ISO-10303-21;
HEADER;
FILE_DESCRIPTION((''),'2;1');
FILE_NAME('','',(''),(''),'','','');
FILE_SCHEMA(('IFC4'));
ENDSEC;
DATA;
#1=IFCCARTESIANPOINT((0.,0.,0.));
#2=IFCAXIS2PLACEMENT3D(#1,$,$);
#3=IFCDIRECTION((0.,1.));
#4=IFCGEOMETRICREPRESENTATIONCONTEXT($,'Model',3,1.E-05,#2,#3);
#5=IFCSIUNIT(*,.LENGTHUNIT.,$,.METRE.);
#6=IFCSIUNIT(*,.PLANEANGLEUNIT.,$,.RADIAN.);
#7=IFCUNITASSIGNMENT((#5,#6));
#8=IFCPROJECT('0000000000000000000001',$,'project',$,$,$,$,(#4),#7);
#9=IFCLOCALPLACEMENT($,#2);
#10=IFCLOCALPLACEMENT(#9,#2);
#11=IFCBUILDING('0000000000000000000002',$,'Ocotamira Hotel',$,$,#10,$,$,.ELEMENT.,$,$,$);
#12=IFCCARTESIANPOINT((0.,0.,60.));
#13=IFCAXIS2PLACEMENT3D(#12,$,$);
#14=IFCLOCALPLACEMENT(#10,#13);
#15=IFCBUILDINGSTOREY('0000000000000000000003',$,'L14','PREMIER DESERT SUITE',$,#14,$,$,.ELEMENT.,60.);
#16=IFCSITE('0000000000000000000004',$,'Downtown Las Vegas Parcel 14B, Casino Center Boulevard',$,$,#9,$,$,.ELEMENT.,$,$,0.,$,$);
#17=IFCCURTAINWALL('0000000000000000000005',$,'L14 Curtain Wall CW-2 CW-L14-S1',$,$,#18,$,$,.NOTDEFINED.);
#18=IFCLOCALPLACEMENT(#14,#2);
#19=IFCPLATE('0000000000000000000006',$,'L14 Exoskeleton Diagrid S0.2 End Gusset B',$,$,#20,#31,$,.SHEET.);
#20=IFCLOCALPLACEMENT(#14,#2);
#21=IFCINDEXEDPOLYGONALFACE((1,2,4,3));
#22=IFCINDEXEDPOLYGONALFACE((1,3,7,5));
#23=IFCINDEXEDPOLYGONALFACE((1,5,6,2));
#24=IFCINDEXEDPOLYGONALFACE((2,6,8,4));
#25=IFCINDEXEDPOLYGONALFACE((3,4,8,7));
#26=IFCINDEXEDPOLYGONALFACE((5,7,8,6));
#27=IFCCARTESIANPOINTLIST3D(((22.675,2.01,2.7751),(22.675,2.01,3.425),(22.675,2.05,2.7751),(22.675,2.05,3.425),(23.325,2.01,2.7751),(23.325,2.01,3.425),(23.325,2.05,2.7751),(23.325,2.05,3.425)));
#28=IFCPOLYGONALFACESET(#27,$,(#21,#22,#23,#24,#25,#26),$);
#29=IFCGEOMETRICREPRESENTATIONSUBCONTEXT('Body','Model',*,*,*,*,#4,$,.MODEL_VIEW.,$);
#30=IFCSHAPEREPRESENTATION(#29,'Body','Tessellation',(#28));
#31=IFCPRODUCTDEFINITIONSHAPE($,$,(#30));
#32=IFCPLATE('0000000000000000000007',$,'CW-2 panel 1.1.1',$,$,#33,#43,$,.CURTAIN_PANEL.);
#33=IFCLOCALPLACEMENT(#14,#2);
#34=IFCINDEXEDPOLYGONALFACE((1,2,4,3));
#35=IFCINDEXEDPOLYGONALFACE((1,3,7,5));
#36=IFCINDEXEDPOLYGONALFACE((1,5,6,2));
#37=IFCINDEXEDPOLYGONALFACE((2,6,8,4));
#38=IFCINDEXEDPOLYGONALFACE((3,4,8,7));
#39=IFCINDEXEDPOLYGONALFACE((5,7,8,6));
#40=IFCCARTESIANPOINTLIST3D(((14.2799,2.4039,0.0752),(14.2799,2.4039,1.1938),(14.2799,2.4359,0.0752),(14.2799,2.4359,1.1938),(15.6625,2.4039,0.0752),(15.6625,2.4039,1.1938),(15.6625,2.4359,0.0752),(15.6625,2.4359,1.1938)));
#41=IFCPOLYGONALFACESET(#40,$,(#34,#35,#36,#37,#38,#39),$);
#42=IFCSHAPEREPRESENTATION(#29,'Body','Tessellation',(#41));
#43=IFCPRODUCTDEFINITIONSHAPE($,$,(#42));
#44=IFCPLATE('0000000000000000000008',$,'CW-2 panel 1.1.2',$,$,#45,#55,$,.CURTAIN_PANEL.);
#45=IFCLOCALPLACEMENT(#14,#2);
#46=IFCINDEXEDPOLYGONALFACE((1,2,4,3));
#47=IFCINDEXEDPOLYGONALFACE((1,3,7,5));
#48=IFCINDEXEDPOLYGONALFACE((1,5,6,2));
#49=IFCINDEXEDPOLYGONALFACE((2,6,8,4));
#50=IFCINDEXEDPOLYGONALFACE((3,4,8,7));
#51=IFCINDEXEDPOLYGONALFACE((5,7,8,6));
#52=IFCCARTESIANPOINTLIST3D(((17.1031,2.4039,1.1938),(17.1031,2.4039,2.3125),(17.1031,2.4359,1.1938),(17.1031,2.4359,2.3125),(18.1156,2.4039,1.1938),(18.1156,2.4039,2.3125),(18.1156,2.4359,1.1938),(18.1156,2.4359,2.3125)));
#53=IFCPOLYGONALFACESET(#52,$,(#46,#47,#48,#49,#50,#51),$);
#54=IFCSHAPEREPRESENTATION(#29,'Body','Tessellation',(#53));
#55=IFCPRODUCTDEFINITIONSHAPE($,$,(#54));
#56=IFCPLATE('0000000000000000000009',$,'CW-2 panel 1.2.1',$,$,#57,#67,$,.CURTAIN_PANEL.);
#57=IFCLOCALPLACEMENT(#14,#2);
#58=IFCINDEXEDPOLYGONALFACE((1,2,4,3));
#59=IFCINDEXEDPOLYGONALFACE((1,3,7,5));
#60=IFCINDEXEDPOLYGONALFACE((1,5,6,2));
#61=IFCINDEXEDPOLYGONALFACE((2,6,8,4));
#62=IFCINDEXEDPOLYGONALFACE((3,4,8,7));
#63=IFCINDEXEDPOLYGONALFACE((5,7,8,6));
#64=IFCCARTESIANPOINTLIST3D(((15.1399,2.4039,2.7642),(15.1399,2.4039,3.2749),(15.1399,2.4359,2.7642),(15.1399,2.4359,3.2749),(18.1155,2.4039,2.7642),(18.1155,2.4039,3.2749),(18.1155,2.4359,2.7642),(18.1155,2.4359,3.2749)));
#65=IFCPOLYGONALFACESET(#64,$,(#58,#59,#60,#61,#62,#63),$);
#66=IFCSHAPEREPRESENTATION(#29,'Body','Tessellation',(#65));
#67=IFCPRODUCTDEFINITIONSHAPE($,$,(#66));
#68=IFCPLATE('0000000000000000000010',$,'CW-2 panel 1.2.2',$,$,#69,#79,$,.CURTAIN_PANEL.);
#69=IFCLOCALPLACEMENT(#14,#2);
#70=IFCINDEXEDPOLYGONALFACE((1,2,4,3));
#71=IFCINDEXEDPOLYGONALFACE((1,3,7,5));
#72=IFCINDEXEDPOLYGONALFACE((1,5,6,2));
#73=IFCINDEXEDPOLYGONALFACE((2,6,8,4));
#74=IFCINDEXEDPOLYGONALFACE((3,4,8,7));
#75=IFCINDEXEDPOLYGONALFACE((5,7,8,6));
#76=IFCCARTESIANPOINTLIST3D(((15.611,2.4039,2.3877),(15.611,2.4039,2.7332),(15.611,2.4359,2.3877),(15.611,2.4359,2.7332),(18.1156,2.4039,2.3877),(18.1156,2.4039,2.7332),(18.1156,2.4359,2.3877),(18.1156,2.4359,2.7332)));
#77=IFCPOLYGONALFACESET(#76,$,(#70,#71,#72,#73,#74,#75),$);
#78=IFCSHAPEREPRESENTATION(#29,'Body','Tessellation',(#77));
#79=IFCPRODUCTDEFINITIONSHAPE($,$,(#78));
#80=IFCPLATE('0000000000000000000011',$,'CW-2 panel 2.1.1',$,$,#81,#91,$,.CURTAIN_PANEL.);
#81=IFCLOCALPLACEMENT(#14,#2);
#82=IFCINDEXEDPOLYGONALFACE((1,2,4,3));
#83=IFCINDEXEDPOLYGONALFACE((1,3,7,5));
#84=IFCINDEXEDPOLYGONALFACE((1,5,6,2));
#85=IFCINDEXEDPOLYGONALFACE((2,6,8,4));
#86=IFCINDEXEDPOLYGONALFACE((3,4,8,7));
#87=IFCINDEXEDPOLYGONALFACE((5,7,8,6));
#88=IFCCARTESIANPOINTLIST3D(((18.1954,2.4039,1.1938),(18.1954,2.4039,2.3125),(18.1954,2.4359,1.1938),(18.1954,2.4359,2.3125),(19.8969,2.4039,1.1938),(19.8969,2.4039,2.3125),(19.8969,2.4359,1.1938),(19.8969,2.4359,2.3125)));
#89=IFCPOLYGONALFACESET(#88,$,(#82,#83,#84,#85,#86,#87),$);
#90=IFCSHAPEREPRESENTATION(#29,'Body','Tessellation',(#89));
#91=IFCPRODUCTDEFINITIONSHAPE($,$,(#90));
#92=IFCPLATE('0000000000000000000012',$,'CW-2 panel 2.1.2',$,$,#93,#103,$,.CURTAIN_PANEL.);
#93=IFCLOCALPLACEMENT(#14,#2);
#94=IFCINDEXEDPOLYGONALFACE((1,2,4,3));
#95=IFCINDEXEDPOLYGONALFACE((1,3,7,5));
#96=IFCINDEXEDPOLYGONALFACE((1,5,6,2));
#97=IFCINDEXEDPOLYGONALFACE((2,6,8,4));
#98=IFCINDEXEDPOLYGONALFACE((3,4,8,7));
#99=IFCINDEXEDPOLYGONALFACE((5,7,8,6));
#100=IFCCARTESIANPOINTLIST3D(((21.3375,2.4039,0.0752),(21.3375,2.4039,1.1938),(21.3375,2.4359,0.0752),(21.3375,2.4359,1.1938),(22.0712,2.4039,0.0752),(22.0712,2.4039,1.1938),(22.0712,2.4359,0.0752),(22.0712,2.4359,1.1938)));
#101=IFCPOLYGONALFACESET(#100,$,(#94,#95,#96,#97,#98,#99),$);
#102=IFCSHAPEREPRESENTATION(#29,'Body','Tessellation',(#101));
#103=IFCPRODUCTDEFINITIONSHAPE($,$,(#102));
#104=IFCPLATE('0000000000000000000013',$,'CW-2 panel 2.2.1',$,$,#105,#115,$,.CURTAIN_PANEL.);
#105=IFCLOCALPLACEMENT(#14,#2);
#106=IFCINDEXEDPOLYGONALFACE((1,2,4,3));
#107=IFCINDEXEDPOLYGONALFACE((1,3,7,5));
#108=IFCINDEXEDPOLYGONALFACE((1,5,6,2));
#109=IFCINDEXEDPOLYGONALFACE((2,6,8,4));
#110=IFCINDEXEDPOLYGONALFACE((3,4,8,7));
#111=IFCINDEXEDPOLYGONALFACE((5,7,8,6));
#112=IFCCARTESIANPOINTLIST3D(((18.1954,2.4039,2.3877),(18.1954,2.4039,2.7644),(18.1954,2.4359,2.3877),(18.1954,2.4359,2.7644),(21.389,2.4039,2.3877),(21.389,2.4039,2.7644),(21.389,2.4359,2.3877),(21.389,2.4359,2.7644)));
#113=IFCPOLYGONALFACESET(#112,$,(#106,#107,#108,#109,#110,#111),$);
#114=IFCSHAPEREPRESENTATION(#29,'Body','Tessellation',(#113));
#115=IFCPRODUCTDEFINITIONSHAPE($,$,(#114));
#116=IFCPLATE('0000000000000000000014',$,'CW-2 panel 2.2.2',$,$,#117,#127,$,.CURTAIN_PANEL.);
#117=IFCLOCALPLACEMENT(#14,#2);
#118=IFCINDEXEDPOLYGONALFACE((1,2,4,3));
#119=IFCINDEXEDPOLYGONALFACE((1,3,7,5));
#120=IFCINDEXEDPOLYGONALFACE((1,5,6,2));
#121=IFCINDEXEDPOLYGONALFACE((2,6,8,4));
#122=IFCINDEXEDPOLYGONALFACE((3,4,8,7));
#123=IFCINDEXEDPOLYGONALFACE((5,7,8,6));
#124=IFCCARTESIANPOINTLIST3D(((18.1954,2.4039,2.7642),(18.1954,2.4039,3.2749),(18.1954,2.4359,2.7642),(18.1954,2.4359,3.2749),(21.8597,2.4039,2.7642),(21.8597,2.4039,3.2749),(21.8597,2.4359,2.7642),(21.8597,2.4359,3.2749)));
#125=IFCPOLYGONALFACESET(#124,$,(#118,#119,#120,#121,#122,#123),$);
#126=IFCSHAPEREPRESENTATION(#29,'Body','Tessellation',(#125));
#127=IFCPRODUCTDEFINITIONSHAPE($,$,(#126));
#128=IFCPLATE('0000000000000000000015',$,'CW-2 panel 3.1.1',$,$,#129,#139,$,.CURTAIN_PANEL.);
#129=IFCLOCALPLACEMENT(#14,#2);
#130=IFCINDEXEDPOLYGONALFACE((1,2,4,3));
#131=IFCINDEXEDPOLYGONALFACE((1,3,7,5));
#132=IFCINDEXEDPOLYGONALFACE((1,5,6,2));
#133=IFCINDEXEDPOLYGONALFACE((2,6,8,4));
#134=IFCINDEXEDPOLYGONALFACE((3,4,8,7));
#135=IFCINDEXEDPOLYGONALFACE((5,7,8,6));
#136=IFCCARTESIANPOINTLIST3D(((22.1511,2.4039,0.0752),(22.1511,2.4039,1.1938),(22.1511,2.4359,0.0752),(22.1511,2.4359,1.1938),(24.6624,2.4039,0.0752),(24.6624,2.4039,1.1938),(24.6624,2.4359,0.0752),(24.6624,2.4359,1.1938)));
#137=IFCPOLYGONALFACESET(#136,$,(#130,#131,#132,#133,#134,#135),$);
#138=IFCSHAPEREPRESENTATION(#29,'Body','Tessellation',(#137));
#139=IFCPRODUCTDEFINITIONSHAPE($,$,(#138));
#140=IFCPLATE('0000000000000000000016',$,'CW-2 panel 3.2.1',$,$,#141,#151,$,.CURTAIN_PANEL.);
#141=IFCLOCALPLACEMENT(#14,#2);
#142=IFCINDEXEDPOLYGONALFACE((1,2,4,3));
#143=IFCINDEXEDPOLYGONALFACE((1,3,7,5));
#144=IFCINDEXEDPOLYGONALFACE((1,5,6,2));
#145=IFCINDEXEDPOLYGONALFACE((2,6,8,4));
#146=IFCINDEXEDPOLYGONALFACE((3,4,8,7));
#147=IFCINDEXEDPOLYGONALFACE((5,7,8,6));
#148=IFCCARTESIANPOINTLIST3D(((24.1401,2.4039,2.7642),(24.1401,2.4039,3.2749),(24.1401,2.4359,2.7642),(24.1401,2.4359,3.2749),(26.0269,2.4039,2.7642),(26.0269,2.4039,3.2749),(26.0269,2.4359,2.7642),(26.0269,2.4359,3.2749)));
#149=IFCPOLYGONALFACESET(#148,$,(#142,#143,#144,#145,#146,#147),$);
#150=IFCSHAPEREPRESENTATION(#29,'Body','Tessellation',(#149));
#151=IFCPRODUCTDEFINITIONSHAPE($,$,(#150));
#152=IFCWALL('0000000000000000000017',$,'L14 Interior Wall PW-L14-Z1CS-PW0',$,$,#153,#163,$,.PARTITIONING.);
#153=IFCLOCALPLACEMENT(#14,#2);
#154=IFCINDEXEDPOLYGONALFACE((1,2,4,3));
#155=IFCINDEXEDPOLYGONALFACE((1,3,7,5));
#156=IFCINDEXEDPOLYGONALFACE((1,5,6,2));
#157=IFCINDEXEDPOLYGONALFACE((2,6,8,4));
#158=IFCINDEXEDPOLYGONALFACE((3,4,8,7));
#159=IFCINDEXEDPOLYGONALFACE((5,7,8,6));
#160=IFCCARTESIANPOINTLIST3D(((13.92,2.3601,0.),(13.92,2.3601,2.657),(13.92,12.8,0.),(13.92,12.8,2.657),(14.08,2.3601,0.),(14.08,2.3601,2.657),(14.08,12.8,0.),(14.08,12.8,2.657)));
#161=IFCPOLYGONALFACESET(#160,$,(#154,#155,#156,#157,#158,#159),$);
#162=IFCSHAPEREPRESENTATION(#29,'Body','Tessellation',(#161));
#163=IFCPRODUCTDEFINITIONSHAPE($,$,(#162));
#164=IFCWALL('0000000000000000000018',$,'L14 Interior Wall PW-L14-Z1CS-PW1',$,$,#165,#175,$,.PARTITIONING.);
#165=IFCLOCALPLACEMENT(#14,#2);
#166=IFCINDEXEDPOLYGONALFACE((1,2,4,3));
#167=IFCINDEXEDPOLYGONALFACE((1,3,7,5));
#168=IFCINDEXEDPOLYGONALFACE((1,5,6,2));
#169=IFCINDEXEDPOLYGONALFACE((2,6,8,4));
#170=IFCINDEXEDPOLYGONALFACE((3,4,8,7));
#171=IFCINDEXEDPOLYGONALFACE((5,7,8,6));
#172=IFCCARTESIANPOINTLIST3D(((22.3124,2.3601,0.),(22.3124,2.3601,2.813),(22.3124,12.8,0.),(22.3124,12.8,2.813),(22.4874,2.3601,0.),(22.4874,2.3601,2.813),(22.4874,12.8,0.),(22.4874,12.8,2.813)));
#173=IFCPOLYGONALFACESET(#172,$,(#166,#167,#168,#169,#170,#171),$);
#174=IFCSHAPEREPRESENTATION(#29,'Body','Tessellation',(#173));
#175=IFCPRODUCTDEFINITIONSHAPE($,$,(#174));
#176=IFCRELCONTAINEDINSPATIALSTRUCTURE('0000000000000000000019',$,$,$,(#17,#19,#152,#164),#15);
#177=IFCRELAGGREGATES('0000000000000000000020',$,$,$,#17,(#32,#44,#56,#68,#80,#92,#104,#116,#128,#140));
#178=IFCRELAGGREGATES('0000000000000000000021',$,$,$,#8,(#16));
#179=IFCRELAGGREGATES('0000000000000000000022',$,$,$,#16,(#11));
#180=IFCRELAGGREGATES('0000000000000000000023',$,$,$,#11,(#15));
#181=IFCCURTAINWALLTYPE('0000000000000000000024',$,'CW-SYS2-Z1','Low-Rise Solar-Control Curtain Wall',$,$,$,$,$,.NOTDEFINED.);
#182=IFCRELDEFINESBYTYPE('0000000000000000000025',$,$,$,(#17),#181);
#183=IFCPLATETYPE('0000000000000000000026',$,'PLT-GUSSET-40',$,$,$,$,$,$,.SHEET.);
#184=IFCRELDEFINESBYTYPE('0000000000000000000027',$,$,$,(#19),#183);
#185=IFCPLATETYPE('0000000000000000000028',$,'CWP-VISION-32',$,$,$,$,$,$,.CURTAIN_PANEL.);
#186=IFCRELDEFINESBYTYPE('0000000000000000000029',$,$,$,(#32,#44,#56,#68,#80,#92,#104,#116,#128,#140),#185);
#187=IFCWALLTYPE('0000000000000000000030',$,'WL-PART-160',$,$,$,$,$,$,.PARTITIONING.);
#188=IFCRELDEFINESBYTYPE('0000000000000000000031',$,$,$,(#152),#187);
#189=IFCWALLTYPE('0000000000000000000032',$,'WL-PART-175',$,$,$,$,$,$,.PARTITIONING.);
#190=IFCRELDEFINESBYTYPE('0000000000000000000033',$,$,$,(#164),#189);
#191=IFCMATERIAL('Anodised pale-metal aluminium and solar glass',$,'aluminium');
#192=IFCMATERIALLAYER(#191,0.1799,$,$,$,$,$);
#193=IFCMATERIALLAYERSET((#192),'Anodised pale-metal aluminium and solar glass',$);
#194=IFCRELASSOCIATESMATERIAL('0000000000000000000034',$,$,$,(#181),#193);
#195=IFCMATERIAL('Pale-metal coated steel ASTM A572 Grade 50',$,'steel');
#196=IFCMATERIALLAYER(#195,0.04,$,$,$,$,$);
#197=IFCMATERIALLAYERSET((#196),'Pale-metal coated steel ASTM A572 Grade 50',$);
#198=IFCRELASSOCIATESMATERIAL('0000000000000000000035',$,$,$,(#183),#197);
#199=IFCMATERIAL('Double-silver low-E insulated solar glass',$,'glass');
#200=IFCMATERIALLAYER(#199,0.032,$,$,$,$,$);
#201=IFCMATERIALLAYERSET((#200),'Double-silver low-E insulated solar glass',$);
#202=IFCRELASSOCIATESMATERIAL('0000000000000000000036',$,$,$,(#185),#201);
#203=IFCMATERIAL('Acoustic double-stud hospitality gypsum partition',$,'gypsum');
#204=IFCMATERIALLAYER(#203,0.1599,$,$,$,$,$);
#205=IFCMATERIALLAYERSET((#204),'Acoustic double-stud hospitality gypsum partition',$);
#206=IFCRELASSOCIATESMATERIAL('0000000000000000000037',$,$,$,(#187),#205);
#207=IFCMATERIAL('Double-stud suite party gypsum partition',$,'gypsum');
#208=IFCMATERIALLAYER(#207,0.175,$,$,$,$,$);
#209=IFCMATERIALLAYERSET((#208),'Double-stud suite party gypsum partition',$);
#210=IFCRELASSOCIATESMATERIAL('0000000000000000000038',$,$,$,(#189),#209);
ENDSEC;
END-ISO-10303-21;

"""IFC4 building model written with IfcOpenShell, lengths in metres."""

from ifc_helpers import new_model, si_unit, direction, frame, frame_2d, origin, origin_2d, place, context, subcontext, project, spatial, rectangle, extrude, source, transform, mapped, material, layer, layer_set, type_object, element, aggregate, save


model = new_model("IFC4")

# Units and contexts
model_context = context("Model", 3, precision=1e-05, world=origin(), true_north=direction((0.0, 1.0)))
body_context = subcontext(model_context, "Body", "Model", "MODEL_VIEW")
ifc_project = project(units=[si_unit("LENGTHUNIT", "METRE"), si_unit("PLANEANGLEUNIT", "RADIAN")], contexts=[model_context])

# Site, building, storey
site_placement = place(None, origin())
site = spatial("IfcSite", under=ifc_project, at=site_placement, Name="Downtown Las Vegas Parcel 14B, Casino Center Boulevard", CompositionType="ELEMENT", RefElevation=0.0)
building_placement = place(site_placement, origin())
building = spatial("IfcBuilding", under=site, at=building_placement, Name="Ocotamira Hotel", CompositionType="ELEMENT")
storey_placement = place(building_placement, frame((0.0, 0.0, 60.0)))
storey = spatial("IfcBuildingStorey", under=building, at=storey_placement, Name="L14", Description="PREMIER DESERT SUITE", CompositionType="ELEMENT", Elevation=60.0)

# Curtain wall
ifc_material_1 = material(Name="Anodised pale-metal aluminium and solar glass", Category="aluminium")
ifc_layer_1 = layer(ifc_material_1, 0.1799)
ifc_layer_set_1 = layer_set([ifc_layer_1], Name="Anodised pale-metal aluminium and solar glass")
curtain_wall_type = type_object("IfcCurtainWallType", Name="CW-SYS2-Z1", Description="Low-Rise Solar-Control Curtain Wall", PredefinedType="NOTDEFINED", material=ifc_layer_set_1)
curtain_wall_placement = place(storey_placement, origin())
curtain_wall = element("IfcCurtainWall", 1, at=curtain_wall_placement, inside=storey, type_object=curtain_wall_type, Name="L14 Curtain Wall CW-2 CW-L14-S1", PredefinedType="NOTDEFINED")

# Plate
ifc_material_2 = material(Name="Pale-metal coated steel ASTM A572 Grade 50", Category="steel")
ifc_layer_2 = layer(ifc_material_2, 0.04)
ifc_layer_set_2 = layer_set([ifc_layer_2], Name="Pale-metal coated steel ASTM A572 Grade 50")
plate_type_1 = type_object("IfcPlateType", Name="PLT-GUSSET-40", PredefinedType="SHEET", material=ifc_layer_set_2)
shared_shape_1 = source(origin(), body_context, "Body", "SweptSolid", [
    extrude(rectangle(XDim=0.6499, YDim=0.04, at=origin_2d()), origin(), (0.0, 0.0, 1.0), 0.6499),
])
for number, where, z_axis, x_axis, name in (
    (2, (23.0, 2.03, 2.7751), (0.0, 0.0, 1.0), (1.0, 0.0, 0.0), "L14 Exoskeleton Diagrid S0.2 End Gusset B"),
):
    element("IfcPlate", number, at=place(storey_placement, frame(where, z_axis=z_axis, x_axis=x_axis)), inside=storey, type_object=plate_type_1, Name=name, PredefinedType="SHEET", context=body_context, shape_type="MappedRepresentation", body=[
        mapped(shared_shape_1, transform((0.0, 0.0, 0.0), scale=1.0)),
    ])

# Plates
ifc_material_3 = material(Name="Double-silver low-E insulated solar glass", Category="glass")
ifc_layer_3 = layer(ifc_material_3, 0.032)
ifc_layer_set_3 = layer_set([ifc_layer_3], Name="Double-silver low-E insulated solar glass")
plate_type_2 = type_object("IfcPlateType", Name="CWP-VISION-32", PredefinedType="CURTAIN_PANEL", material=ifc_layer_set_3)
shared_shape_2 = source(origin(), body_context, "Body", "SweptSolid", [
    extrude(rectangle(XDim=1.3826, YDim=0.032, at=origin_2d()), origin(), (0.0, 0.0, 1.0), 1.1187),
])
plate_1_placement = place(storey_placement, frame((14.9712, 2.4199, 0.0752), z_axis=(0.0, 0.0, 1.0), x_axis=(1.0, 0.0, 0.0)))
plate_1 = element("IfcPlate", 3, at=plate_1_placement, type_object=plate_type_2, Name="CW-2 panel 1.1.1", PredefinedType="CURTAIN_PANEL", context=body_context, shape_type="MappedRepresentation", body=[
    mapped(shared_shape_2, transform((0.0, 0.0, 0.0), scale=1.0)),
])
shared_shape_3 = source(origin(), body_context, "Body", "SweptSolid", [
    extrude(rectangle(XDim=1.0125, YDim=0.032, at=origin_2d()), origin(), (0.0, 0.0, 1.0), 1.1187),
])
plate_2_placement = place(storey_placement, frame((17.6094, 2.4199, 1.1938), z_axis=(0.0, 0.0, 1.0), x_axis=(1.0, 0.0, 0.0)))
plate_2 = element("IfcPlate", 4, at=plate_2_placement, type_object=plate_type_2, Name="CW-2 panel 1.1.2", PredefinedType="CURTAIN_PANEL", context=body_context, shape_type="MappedRepresentation", body=[
    mapped(shared_shape_3, transform((0.0, 0.0, 0.0), scale=1.0)),
])
shared_shape_4 = source(origin(), body_context, "Body", "SweptSolid", [
    extrude(rectangle(XDim=2.9756, YDim=0.032, at=origin_2d()), origin(), (0.0, 0.0, 1.0), 0.5107),
])
plate_3_placement = place(storey_placement, frame((16.6277, 2.4199, 2.7642), z_axis=(0.0, 0.0, 1.0), x_axis=(1.0, 0.0, 0.0)))
plate_3 = element("IfcPlate", 5, at=plate_3_placement, type_object=plate_type_2, Name="CW-2 panel 1.2.1", PredefinedType="CURTAIN_PANEL", context=body_context, shape_type="MappedRepresentation", body=[
    mapped(shared_shape_4, transform((0.0, 0.0, 0.0), scale=1.0)),
])
shared_shape_5 = source(origin(), body_context, "Body", "SweptSolid", [
    extrude(rectangle(XDim=2.5046, YDim=0.032, at=origin_2d()), origin(), (0.0, 0.0, 1.0), 0.3455),
])
plate_4_placement = place(storey_placement, frame((16.8633, 2.4199, 2.3877), z_axis=(0.0, 0.0, 1.0), x_axis=(1.0, 0.0, 0.0)))
plate_4 = element("IfcPlate", 6, at=plate_4_placement, type_object=plate_type_2, Name="CW-2 panel 1.2.2", PredefinedType="CURTAIN_PANEL", context=body_context, shape_type="MappedRepresentation", body=[
    mapped(shared_shape_5, transform((0.0, 0.0, 0.0), scale=1.0)),
])
shared_shape_6 = source(origin(), body_context, "Body", "SweptSolid", [
    extrude(rectangle(XDim=1.7014, YDim=0.032, at=origin_2d()), origin(), (0.0, 0.0, 1.0), 1.1187),
])
plate_5_placement = place(storey_placement, frame((19.0461, 2.4199, 1.1938), z_axis=(0.0, 0.0, 1.0), x_axis=(1.0, 0.0, 0.0)))
plate_5 = element("IfcPlate", 7, at=plate_5_placement, type_object=plate_type_2, Name="CW-2 panel 2.1.1", PredefinedType="CURTAIN_PANEL", context=body_context, shape_type="MappedRepresentation", body=[
    mapped(shared_shape_6, transform((0.0, 0.0, 0.0), scale=1.0)),
])
shared_shape_7 = source(origin(), body_context, "Body", "SweptSolid", [
    extrude(rectangle(XDim=0.7336, YDim=0.032, at=origin_2d()), origin(), (0.0, 0.0, 1.0), 1.1187),
])
plate_6_placement = place(storey_placement, frame((21.7043, 2.4199, 0.0752), z_axis=(0.0, 0.0, 1.0), x_axis=(1.0, 0.0, 0.0)))
plate_6 = element("IfcPlate", 8, at=plate_6_placement, type_object=plate_type_2, Name="CW-2 panel 2.1.2", PredefinedType="CURTAIN_PANEL", context=body_context, shape_type="MappedRepresentation", body=[
    mapped(shared_shape_7, transform((0.0, 0.0, 0.0), scale=1.0)),
])
shared_shape_8 = source(origin(), body_context, "Body", "SweptSolid", [
    extrude(rectangle(XDim=3.1936, YDim=0.032, at=origin_2d()), origin(), (0.0, 0.0, 1.0), 0.3767),
])
plate_7_placement = place(storey_placement, frame((19.7922, 2.4199, 2.3877), z_axis=(0.0, 0.0, 1.0), x_axis=(1.0, 0.0, 0.0)))
plate_7 = element("IfcPlate", 9, at=plate_7_placement, type_object=plate_type_2, Name="CW-2 panel 2.2.1", PredefinedType="CURTAIN_PANEL", context=body_context, shape_type="MappedRepresentation", body=[
    mapped(shared_shape_8, transform((0.0, 0.0, 0.0), scale=1.0)),
])
shared_shape_9 = source(origin(), body_context, "Body", "SweptSolid", [
    extrude(rectangle(XDim=3.6643, YDim=0.032, at=origin_2d()), origin(), (0.0, 0.0, 1.0), 0.5107),
])
plate_8_placement = place(storey_placement, frame((20.0276, 2.4199, 2.7642), z_axis=(0.0, 0.0, 1.0), x_axis=(1.0, 0.0, 0.0)))
plate_8 = element("IfcPlate", 10, at=plate_8_placement, type_object=plate_type_2, Name="CW-2 panel 2.2.2", PredefinedType="CURTAIN_PANEL", context=body_context, shape_type="MappedRepresentation", body=[
    mapped(shared_shape_9, transform((0.0, 0.0, 0.0), scale=1.0)),
])
shared_shape_10 = source(origin(), body_context, "Body", "SweptSolid", [
    extrude(rectangle(XDim=2.5112, YDim=0.032, at=origin_2d()), origin(), (0.0, 0.0, 1.0), 1.1187),
])
plate_9_placement = place(storey_placement, frame((23.4067, 2.4199, 0.0752), z_axis=(0.0, 0.0, 1.0), x_axis=(1.0, 0.0, 0.0)))
plate_9 = element("IfcPlate", 11, at=plate_9_placement, type_object=plate_type_2, Name="CW-2 panel 3.1.1", PredefinedType="CURTAIN_PANEL", context=body_context, shape_type="MappedRepresentation", body=[
    mapped(shared_shape_10, transform((0.0, 0.0, 0.0), scale=1.0)),
])
shared_shape_11 = source(origin(), body_context, "Body", "SweptSolid", [
    extrude(rectangle(XDim=1.8867, YDim=0.032, at=origin_2d()), origin(), (0.0, 0.0, 1.0), 0.5107),
])
plate_10_placement = place(storey_placement, frame((25.0835, 2.4199, 2.7642), z_axis=(0.0, 0.0, 1.0), x_axis=(1.0, 0.0, 0.0)))
plate_10 = element("IfcPlate", 12, at=plate_10_placement, type_object=plate_type_2, Name="CW-2 panel 3.2.1", PredefinedType="CURTAIN_PANEL", context=body_context, shape_type="MappedRepresentation", body=[
    mapped(shared_shape_11, transform((0.0, 0.0, 0.0), scale=1.0)),
])
aggregate(curtain_wall, [plate_1, plate_2, plate_3, plate_4, plate_5, plate_6, plate_7, plate_8, plate_9, plate_10])

# Walls
ifc_material_4 = material(Name="Acoustic double-stud hospitality gypsum partition", Category="gypsum")
ifc_layer_4 = layer(ifc_material_4, 0.1599)
ifc_layer_set_4 = layer_set([ifc_layer_4], Name="Acoustic double-stud hospitality gypsum partition")
wall_type_1 = type_object("IfcWallType", Name="WL-PART-160", PredefinedType="PARTITIONING", material=ifc_layer_set_4)
wall_1_placement = place(storey_placement, frame((14.0, 2.3601, 0.0), z_axis=(0.0, 0.0, 1.0), x_axis=(0.0, 1.0, 0.0)))
element("IfcWall", 13, at=wall_1_placement, inside=storey, type_object=wall_type_1, Name="L14 Interior Wall PW-L14-Z1CS-PW0", PredefinedType="PARTITIONING", context=body_context, shape_type="SweptSolid", body=[
    extrude(rectangle(XDim=10.4399, YDim=0.1599, at=frame_2d((5.22, 0.0))), origin(), (0.0, 0.0, 1.0), 2.657),
])
ifc_material_5 = material(Name="Double-stud suite party gypsum partition", Category="gypsum")
ifc_layer_5 = layer(ifc_material_5, 0.175)
ifc_layer_set_5 = layer_set([ifc_layer_5], Name="Double-stud suite party gypsum partition")
wall_type_2 = type_object("IfcWallType", Name="WL-PART-175", PredefinedType="PARTITIONING", material=ifc_layer_set_5)
wall_2_placement = place(storey_placement, frame((22.3999, 2.3601, 0.0), z_axis=(0.0, 0.0, 1.0), x_axis=(0.0, 1.0, 0.0)))
element("IfcWall", 14, at=wall_2_placement, inside=storey, type_object=wall_type_2, Name="L14 Interior Wall PW-L14-Z1CS-PW1", PredefinedType="PARTITIONING", context=body_context, shape_type="SweptSolid", body=[
    extrude(rectangle(XDim=10.4399, YDim=0.175, at=frame_2d((5.22, 0.0))), origin(), (0.0, 0.0, 1.0), 2.813),
])

save(model, "model.ifc")
